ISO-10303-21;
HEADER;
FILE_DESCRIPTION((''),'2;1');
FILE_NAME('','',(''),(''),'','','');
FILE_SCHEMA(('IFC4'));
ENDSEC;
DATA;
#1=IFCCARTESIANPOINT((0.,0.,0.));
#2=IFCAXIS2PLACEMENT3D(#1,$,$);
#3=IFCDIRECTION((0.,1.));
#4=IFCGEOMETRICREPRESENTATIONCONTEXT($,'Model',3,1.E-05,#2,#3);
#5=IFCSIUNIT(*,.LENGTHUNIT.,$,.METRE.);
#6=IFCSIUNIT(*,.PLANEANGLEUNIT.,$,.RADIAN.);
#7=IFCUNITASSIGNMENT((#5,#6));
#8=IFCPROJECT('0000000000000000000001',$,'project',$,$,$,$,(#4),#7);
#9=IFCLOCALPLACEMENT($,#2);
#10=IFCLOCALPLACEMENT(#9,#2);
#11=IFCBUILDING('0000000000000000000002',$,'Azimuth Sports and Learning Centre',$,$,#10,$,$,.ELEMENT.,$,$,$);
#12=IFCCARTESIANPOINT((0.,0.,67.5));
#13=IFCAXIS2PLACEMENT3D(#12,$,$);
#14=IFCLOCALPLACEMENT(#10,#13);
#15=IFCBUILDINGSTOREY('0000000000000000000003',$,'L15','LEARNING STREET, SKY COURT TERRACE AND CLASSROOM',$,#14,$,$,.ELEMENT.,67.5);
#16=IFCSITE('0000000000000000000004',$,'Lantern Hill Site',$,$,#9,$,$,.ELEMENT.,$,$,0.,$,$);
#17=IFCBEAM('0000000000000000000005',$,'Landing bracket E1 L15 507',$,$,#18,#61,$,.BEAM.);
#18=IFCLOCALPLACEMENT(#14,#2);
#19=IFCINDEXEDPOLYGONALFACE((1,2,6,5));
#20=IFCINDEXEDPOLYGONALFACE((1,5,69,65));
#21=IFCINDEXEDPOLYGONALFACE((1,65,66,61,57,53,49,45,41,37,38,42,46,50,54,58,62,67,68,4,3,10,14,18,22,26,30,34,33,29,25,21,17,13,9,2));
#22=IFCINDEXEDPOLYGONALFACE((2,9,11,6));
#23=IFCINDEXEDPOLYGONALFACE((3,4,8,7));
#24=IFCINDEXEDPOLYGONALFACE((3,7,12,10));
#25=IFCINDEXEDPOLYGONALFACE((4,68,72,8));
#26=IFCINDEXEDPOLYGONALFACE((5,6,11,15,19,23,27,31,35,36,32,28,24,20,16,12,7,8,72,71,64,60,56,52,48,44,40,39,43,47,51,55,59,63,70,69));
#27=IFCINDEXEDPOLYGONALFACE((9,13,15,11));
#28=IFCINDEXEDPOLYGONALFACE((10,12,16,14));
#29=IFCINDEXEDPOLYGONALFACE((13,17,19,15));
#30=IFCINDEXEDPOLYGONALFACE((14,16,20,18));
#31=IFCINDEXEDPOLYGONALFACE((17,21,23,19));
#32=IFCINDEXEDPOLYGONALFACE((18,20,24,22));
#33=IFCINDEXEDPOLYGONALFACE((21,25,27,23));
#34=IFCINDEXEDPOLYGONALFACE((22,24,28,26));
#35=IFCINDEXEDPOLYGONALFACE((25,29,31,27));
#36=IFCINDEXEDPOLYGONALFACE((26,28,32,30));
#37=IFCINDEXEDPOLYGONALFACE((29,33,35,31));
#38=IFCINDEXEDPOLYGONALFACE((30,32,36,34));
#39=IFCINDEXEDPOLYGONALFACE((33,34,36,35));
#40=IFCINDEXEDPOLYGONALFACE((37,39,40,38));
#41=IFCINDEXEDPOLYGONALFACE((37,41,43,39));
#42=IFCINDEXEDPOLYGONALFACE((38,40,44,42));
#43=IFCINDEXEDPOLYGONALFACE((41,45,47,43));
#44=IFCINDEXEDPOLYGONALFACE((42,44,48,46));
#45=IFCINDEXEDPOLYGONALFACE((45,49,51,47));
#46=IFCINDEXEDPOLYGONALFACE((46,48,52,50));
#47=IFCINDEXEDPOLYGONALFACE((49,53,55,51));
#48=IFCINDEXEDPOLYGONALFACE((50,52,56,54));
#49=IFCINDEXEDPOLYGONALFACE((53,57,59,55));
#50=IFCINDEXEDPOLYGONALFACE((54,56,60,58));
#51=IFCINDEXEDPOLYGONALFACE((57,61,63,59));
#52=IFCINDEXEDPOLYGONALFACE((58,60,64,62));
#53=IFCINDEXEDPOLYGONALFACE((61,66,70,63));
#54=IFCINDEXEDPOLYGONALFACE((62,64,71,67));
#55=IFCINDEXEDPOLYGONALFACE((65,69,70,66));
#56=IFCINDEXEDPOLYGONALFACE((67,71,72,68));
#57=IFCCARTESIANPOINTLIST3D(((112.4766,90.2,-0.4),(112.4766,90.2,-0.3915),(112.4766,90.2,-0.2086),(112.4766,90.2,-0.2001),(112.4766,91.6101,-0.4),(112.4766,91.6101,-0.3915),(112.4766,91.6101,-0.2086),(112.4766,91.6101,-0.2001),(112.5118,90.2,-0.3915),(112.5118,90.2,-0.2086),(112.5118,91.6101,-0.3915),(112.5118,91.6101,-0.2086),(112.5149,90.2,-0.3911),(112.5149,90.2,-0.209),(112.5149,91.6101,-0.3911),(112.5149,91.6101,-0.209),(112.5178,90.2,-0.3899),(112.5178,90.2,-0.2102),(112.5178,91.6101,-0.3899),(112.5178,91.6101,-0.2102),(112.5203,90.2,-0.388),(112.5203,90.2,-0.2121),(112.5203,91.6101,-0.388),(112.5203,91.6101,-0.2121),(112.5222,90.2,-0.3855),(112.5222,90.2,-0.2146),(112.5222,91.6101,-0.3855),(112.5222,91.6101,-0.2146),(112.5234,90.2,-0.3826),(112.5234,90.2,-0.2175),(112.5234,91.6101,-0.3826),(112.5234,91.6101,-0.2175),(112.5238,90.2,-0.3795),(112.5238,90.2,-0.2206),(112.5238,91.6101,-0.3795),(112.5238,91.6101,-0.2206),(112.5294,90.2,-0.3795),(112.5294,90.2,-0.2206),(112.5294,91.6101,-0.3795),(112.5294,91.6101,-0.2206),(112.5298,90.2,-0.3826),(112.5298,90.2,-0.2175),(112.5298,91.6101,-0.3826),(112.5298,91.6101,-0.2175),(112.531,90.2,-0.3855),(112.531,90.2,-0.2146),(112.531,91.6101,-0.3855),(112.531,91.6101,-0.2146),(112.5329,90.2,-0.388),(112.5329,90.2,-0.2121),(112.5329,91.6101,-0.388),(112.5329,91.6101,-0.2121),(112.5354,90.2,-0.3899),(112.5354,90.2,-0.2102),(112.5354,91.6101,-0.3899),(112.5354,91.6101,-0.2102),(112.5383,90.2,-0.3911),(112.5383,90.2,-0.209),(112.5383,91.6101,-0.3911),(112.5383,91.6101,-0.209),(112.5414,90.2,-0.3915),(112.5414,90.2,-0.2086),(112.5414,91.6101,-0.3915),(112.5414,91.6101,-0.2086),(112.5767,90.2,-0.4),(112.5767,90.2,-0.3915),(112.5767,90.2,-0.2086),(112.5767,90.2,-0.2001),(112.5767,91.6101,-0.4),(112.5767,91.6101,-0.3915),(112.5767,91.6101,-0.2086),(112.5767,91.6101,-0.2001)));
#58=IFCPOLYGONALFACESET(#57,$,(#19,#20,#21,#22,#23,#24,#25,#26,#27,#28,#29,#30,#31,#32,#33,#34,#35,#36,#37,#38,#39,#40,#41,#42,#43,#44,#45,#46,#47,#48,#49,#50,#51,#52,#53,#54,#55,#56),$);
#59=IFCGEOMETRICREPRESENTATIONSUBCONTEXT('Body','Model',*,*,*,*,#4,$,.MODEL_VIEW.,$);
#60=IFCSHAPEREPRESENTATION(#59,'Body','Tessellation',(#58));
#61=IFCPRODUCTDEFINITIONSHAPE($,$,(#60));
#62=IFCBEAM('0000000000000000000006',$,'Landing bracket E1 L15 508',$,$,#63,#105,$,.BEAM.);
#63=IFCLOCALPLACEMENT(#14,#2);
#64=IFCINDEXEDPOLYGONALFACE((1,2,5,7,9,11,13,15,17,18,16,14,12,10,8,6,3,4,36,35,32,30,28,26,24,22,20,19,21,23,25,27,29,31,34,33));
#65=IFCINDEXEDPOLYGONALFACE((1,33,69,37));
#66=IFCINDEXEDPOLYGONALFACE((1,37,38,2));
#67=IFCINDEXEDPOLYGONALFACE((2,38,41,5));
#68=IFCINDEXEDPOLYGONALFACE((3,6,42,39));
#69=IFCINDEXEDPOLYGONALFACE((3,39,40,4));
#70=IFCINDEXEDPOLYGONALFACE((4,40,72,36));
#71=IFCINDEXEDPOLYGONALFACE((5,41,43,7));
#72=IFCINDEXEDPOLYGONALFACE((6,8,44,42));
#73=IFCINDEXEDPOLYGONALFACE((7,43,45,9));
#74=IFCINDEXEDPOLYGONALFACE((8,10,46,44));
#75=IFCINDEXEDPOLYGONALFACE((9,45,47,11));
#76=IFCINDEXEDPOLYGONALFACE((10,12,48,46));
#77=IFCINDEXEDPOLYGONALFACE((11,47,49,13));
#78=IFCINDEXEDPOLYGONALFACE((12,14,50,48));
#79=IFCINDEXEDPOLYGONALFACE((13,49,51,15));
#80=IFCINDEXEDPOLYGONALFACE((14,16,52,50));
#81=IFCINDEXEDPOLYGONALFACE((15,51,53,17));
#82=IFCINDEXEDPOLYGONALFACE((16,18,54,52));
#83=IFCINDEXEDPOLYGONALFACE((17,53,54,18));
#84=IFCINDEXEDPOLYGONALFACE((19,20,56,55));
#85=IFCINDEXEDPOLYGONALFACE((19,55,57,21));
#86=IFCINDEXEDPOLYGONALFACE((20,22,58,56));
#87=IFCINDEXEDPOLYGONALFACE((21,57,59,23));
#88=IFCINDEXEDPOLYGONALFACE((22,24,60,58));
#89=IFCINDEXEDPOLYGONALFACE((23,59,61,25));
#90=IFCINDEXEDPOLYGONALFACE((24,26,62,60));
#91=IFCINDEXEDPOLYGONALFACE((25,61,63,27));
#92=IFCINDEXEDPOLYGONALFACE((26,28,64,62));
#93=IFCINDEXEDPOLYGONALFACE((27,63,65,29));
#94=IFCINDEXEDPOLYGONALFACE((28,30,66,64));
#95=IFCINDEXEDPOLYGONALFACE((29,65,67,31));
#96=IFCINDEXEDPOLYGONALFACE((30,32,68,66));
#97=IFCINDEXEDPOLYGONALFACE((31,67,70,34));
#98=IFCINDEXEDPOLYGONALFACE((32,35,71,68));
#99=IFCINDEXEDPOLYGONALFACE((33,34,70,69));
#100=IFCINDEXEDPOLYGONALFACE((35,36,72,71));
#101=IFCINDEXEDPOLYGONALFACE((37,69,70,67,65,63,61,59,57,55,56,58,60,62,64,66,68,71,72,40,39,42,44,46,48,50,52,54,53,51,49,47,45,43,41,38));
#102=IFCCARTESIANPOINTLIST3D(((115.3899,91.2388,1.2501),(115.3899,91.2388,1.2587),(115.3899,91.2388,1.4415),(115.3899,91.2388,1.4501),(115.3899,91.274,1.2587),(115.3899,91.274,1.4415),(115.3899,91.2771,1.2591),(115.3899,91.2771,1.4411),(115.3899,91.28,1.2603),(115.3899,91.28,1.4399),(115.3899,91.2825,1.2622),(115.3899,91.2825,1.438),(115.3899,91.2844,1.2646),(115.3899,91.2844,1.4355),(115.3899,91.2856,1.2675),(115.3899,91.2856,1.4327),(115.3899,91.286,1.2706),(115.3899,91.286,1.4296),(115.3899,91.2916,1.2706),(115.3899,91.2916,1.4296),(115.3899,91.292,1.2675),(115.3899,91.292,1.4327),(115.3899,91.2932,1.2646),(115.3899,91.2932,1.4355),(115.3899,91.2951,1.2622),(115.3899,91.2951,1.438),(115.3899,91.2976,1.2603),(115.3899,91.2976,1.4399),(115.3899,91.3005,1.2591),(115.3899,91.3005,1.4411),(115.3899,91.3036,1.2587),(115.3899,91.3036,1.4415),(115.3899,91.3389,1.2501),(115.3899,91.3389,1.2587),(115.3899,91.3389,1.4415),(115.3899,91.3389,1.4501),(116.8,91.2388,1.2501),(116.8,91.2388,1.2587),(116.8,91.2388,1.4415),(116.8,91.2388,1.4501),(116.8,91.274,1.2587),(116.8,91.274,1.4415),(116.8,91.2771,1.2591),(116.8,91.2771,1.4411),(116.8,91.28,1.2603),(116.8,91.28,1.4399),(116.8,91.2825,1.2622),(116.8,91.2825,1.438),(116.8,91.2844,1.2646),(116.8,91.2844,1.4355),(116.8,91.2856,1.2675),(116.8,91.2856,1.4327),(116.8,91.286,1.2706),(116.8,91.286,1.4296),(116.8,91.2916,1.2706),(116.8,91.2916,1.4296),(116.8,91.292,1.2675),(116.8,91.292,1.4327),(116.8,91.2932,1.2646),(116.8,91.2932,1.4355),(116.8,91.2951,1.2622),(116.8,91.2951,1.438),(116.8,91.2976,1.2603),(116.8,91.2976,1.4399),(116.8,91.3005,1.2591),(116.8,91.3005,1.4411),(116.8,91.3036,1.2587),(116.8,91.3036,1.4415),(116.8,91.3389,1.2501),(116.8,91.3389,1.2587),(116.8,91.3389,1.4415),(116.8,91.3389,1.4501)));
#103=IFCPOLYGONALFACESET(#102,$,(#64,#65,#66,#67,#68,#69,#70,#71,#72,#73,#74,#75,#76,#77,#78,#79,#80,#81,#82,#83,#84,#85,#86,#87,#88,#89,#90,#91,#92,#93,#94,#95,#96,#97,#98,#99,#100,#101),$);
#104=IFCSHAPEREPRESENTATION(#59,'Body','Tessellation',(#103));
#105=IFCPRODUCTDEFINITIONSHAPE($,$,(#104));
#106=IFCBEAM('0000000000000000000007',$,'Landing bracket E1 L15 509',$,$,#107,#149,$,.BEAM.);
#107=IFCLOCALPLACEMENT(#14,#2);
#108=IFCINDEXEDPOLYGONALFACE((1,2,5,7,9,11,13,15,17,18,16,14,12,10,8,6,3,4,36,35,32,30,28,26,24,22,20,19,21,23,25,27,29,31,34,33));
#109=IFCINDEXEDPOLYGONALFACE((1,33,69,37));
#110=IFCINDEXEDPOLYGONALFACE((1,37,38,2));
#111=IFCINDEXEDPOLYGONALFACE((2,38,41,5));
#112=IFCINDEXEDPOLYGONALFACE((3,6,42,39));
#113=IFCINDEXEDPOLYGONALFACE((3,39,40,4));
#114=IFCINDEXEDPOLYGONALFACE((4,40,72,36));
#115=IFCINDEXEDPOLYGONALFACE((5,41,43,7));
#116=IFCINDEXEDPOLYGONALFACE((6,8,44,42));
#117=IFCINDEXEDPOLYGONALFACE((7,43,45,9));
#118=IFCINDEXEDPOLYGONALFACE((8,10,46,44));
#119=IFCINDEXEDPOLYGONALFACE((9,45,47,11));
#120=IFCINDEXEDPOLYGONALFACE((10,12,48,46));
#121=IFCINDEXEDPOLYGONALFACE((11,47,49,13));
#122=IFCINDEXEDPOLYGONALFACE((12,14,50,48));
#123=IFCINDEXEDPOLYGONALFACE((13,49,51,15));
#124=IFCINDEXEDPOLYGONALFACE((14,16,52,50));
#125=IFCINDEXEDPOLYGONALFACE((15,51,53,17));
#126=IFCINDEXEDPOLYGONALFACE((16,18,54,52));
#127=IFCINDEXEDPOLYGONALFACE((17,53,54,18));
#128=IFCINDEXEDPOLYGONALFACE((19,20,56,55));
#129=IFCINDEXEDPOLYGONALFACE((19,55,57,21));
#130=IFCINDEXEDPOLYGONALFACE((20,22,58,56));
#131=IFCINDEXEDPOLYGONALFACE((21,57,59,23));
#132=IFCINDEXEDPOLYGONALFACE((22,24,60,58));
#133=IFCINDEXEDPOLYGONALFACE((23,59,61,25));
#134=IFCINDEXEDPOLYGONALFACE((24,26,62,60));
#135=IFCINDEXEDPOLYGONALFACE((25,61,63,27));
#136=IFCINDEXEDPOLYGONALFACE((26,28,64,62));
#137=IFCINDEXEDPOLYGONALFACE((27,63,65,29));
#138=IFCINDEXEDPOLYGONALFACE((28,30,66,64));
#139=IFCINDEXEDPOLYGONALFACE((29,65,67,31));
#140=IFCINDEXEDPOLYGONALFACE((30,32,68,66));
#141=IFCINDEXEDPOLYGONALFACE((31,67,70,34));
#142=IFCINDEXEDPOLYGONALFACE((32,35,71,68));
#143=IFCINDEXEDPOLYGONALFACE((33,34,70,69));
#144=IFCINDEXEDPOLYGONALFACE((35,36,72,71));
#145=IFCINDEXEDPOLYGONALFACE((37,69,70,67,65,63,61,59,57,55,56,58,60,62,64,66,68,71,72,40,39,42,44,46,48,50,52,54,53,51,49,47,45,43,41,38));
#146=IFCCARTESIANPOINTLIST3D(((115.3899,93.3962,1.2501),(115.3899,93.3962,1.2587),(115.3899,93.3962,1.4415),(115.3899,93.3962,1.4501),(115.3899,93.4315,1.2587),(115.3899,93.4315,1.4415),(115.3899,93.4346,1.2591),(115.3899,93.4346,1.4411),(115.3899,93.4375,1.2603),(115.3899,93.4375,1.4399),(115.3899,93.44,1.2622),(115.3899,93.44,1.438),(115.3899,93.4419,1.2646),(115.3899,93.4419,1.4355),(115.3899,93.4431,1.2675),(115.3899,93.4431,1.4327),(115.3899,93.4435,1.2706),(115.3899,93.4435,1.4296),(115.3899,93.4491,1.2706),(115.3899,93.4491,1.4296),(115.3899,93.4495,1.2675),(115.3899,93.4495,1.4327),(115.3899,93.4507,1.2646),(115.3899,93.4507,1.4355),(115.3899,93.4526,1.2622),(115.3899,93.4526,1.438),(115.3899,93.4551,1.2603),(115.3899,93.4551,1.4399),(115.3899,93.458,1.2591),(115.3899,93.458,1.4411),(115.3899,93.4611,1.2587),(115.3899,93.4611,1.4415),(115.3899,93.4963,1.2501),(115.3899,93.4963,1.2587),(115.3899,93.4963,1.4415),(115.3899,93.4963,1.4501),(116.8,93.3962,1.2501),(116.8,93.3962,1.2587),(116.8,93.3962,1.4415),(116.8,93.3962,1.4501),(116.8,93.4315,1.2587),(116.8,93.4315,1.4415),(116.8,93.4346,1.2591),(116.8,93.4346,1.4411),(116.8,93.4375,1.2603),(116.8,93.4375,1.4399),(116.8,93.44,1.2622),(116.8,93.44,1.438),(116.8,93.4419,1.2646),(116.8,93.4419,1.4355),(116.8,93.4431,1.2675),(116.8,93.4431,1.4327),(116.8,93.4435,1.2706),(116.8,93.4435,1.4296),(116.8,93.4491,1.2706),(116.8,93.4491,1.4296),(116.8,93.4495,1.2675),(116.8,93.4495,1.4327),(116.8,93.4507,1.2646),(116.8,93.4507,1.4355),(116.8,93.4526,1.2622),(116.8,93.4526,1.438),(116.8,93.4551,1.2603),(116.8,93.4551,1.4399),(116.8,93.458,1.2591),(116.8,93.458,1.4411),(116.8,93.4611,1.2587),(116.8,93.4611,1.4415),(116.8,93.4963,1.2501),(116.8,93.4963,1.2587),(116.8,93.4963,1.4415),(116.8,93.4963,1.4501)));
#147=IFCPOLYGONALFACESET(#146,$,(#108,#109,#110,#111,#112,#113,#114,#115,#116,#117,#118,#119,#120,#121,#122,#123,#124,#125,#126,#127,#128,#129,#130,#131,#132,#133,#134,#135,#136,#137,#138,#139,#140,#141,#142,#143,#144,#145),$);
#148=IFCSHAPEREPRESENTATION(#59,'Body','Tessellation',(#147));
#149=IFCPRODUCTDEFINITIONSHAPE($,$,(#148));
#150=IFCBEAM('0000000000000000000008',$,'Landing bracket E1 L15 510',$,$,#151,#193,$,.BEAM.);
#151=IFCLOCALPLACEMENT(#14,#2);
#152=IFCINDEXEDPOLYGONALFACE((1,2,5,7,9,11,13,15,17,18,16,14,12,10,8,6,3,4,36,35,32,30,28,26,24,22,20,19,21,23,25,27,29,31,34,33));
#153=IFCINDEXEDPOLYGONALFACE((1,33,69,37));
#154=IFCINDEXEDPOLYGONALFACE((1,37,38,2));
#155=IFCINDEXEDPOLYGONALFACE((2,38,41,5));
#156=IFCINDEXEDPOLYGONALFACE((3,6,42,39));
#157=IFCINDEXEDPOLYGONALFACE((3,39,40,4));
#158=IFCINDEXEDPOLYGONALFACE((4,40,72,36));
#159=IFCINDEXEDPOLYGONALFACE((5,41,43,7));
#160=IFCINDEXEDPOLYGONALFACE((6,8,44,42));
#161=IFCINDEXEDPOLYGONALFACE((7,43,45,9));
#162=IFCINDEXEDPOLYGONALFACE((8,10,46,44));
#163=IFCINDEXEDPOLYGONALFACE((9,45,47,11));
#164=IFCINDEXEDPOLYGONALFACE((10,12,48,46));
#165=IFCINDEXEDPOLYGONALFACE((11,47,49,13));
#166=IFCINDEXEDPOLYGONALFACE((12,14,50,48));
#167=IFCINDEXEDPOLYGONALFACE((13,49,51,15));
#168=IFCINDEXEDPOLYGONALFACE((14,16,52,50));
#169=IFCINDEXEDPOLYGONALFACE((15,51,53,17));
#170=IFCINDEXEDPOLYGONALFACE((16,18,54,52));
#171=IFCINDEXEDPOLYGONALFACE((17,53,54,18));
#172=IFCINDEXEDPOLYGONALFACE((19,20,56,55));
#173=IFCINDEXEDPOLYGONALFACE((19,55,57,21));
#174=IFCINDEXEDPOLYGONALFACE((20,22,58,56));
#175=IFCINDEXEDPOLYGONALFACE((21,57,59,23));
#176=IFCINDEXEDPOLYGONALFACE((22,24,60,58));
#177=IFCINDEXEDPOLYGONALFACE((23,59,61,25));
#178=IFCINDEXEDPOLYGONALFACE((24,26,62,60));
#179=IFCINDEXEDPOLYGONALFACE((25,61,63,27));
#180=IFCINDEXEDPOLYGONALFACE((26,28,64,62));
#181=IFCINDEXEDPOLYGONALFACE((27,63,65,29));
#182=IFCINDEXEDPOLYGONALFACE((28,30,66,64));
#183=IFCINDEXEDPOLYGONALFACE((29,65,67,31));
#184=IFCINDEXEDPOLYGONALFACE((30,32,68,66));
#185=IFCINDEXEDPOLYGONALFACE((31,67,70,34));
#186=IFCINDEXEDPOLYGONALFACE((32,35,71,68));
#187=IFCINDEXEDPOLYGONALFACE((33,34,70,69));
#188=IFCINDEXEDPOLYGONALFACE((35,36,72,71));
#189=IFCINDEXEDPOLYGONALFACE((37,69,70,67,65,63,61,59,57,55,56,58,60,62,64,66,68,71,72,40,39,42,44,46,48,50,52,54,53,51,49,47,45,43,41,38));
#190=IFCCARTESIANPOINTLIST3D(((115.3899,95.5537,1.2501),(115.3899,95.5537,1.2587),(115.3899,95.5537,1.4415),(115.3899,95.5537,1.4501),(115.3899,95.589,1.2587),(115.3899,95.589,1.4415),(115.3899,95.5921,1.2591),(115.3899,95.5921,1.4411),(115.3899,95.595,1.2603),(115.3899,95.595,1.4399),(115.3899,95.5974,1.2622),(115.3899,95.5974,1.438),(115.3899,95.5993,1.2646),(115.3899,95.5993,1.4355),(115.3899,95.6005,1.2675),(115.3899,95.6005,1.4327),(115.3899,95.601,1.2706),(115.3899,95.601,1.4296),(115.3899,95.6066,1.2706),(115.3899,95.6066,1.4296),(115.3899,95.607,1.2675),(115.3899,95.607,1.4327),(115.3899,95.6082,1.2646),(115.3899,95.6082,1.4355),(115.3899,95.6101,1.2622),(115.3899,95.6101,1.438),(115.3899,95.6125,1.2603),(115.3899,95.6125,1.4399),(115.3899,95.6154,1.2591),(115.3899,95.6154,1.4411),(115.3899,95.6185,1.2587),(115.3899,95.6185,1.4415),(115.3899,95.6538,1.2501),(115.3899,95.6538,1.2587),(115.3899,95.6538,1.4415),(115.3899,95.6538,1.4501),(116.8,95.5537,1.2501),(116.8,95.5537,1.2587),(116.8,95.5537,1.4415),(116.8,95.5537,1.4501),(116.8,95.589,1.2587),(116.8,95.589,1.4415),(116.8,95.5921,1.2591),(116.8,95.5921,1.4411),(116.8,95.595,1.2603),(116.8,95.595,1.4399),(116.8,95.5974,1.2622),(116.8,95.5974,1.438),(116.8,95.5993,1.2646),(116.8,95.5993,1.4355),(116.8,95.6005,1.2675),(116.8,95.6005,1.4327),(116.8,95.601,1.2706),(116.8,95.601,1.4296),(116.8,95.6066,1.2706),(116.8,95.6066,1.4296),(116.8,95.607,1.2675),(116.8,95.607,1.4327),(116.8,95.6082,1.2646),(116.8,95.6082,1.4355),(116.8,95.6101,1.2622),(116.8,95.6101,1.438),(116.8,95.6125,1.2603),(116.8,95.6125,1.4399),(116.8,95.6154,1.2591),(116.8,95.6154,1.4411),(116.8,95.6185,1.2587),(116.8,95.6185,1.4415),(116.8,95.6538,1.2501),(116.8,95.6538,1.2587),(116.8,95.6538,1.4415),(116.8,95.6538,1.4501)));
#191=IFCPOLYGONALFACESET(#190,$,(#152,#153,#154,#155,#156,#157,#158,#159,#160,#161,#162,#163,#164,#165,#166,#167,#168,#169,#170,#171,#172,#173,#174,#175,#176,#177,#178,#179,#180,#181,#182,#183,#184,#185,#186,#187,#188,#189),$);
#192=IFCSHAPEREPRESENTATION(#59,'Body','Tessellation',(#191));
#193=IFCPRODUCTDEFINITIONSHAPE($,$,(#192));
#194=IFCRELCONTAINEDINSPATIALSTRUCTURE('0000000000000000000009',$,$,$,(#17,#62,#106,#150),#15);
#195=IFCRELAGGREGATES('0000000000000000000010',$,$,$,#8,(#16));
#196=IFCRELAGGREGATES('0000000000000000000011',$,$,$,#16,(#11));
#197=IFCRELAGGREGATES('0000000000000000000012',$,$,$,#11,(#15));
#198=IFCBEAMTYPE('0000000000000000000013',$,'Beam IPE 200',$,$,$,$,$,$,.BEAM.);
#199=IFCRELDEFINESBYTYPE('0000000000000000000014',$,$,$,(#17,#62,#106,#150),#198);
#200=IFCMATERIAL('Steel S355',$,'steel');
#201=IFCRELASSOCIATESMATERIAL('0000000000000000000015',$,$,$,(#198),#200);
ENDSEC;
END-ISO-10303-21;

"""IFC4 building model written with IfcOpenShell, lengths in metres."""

from ifc_helpers import new_model, si_unit, direction, frame, origin, origin_2d, place, context, subcontext, project, spatial, i_section, extrude, material, material_profile, profile_set, type_object, element, save


model = new_model("IFC4")

# Units and contexts
model_context = context("Model", 3, precision=1e-05, world=origin(), true_north=direction((0.0, 1.0)))
body_context = subcontext(model_context, "Body", "Model", "MODEL_VIEW")
ifc_project = project(units=[si_unit("LENGTHUNIT", "METRE"), si_unit("PLANEANGLEUNIT", "RADIAN")], contexts=[model_context])

# Site, building, storey
site_placement = place(None, origin())
site = spatial("IfcSite", under=ifc_project, at=site_placement, Name="Lantern Hill Site", CompositionType="ELEMENT", RefElevation=0.0)
building_placement = place(site_placement, origin())
building = spatial("IfcBuilding", under=site, at=building_placement, Name="Azimuth Sports and Learning Centre", CompositionType="ELEMENT")
storey_placement = place(building_placement, frame((0.0, 0.0, 67.5)))
storey = spatial("IfcBuildingStorey", under=building, at=storey_placement, Name="L15", Description="LEARNING STREET, SKY COURT TERRACE AND CLASSROOM", CompositionType="ELEMENT", Elevation=67.5)

# Beams
ifc_material_1 = material(Name="Steel S355", Category="steel")
ifc_material_profile = material_profile(ifc_material_1, i_section(OverallWidth=0.1001, OverallDepth=0.2, WebThickness=0.0056, FlangeThickness=0.0085, FilletRadius=0.012, at=origin_2d()), Name="IPE 200")
ifc_profile_set = profile_set([ifc_material_profile], Name="Steel S355")
beam_type = type_object("IfcBeamType", Name="Beam IPE 200", PredefinedType="BEAM", material=ifc_profile_set)
for number, where, z_axis, x_axis, name in (
    (1, (112.5266, 90.2, -0.3), (0.0, 1.0, 0.0), (-1.0, 0.0, 0.0), "Landing bracket E1 L15 507"),
    (2, (116.8, 91.2888, 1.3501), (-1.0, 0.0, 0.0), (0.0, -1.0, 0.0), "Landing bracket E1 L15 508"),
    (3, (116.8, 93.4463, 1.3501), (-1.0, 0.0, 0.0), (0.0, -1.0, 0.0), "Landing bracket E1 L15 509"),
    (4, (116.8, 95.6038, 1.3501), (-1.0, 0.0, 0.0), (0.0, -1.0, 0.0), "Landing bracket E1 L15 510"),
):
    element("IfcBeam", number, at=place(storey_placement, frame(where, z_axis=z_axis, x_axis=x_axis)), inside=storey, type_object=beam_type, Name=name, PredefinedType="BEAM", context=body_context, shape_type="SweptSolid", body=[
        extrude(i_section(OverallWidth=0.1001, OverallDepth=0.2, WebThickness=0.0056, FlangeThickness=0.0085, FilletRadius=0.012, at=origin_2d()), origin(), (0.0, 0.0, 1.0), 1.4102),
    ])

save(model, "model.ifc")
